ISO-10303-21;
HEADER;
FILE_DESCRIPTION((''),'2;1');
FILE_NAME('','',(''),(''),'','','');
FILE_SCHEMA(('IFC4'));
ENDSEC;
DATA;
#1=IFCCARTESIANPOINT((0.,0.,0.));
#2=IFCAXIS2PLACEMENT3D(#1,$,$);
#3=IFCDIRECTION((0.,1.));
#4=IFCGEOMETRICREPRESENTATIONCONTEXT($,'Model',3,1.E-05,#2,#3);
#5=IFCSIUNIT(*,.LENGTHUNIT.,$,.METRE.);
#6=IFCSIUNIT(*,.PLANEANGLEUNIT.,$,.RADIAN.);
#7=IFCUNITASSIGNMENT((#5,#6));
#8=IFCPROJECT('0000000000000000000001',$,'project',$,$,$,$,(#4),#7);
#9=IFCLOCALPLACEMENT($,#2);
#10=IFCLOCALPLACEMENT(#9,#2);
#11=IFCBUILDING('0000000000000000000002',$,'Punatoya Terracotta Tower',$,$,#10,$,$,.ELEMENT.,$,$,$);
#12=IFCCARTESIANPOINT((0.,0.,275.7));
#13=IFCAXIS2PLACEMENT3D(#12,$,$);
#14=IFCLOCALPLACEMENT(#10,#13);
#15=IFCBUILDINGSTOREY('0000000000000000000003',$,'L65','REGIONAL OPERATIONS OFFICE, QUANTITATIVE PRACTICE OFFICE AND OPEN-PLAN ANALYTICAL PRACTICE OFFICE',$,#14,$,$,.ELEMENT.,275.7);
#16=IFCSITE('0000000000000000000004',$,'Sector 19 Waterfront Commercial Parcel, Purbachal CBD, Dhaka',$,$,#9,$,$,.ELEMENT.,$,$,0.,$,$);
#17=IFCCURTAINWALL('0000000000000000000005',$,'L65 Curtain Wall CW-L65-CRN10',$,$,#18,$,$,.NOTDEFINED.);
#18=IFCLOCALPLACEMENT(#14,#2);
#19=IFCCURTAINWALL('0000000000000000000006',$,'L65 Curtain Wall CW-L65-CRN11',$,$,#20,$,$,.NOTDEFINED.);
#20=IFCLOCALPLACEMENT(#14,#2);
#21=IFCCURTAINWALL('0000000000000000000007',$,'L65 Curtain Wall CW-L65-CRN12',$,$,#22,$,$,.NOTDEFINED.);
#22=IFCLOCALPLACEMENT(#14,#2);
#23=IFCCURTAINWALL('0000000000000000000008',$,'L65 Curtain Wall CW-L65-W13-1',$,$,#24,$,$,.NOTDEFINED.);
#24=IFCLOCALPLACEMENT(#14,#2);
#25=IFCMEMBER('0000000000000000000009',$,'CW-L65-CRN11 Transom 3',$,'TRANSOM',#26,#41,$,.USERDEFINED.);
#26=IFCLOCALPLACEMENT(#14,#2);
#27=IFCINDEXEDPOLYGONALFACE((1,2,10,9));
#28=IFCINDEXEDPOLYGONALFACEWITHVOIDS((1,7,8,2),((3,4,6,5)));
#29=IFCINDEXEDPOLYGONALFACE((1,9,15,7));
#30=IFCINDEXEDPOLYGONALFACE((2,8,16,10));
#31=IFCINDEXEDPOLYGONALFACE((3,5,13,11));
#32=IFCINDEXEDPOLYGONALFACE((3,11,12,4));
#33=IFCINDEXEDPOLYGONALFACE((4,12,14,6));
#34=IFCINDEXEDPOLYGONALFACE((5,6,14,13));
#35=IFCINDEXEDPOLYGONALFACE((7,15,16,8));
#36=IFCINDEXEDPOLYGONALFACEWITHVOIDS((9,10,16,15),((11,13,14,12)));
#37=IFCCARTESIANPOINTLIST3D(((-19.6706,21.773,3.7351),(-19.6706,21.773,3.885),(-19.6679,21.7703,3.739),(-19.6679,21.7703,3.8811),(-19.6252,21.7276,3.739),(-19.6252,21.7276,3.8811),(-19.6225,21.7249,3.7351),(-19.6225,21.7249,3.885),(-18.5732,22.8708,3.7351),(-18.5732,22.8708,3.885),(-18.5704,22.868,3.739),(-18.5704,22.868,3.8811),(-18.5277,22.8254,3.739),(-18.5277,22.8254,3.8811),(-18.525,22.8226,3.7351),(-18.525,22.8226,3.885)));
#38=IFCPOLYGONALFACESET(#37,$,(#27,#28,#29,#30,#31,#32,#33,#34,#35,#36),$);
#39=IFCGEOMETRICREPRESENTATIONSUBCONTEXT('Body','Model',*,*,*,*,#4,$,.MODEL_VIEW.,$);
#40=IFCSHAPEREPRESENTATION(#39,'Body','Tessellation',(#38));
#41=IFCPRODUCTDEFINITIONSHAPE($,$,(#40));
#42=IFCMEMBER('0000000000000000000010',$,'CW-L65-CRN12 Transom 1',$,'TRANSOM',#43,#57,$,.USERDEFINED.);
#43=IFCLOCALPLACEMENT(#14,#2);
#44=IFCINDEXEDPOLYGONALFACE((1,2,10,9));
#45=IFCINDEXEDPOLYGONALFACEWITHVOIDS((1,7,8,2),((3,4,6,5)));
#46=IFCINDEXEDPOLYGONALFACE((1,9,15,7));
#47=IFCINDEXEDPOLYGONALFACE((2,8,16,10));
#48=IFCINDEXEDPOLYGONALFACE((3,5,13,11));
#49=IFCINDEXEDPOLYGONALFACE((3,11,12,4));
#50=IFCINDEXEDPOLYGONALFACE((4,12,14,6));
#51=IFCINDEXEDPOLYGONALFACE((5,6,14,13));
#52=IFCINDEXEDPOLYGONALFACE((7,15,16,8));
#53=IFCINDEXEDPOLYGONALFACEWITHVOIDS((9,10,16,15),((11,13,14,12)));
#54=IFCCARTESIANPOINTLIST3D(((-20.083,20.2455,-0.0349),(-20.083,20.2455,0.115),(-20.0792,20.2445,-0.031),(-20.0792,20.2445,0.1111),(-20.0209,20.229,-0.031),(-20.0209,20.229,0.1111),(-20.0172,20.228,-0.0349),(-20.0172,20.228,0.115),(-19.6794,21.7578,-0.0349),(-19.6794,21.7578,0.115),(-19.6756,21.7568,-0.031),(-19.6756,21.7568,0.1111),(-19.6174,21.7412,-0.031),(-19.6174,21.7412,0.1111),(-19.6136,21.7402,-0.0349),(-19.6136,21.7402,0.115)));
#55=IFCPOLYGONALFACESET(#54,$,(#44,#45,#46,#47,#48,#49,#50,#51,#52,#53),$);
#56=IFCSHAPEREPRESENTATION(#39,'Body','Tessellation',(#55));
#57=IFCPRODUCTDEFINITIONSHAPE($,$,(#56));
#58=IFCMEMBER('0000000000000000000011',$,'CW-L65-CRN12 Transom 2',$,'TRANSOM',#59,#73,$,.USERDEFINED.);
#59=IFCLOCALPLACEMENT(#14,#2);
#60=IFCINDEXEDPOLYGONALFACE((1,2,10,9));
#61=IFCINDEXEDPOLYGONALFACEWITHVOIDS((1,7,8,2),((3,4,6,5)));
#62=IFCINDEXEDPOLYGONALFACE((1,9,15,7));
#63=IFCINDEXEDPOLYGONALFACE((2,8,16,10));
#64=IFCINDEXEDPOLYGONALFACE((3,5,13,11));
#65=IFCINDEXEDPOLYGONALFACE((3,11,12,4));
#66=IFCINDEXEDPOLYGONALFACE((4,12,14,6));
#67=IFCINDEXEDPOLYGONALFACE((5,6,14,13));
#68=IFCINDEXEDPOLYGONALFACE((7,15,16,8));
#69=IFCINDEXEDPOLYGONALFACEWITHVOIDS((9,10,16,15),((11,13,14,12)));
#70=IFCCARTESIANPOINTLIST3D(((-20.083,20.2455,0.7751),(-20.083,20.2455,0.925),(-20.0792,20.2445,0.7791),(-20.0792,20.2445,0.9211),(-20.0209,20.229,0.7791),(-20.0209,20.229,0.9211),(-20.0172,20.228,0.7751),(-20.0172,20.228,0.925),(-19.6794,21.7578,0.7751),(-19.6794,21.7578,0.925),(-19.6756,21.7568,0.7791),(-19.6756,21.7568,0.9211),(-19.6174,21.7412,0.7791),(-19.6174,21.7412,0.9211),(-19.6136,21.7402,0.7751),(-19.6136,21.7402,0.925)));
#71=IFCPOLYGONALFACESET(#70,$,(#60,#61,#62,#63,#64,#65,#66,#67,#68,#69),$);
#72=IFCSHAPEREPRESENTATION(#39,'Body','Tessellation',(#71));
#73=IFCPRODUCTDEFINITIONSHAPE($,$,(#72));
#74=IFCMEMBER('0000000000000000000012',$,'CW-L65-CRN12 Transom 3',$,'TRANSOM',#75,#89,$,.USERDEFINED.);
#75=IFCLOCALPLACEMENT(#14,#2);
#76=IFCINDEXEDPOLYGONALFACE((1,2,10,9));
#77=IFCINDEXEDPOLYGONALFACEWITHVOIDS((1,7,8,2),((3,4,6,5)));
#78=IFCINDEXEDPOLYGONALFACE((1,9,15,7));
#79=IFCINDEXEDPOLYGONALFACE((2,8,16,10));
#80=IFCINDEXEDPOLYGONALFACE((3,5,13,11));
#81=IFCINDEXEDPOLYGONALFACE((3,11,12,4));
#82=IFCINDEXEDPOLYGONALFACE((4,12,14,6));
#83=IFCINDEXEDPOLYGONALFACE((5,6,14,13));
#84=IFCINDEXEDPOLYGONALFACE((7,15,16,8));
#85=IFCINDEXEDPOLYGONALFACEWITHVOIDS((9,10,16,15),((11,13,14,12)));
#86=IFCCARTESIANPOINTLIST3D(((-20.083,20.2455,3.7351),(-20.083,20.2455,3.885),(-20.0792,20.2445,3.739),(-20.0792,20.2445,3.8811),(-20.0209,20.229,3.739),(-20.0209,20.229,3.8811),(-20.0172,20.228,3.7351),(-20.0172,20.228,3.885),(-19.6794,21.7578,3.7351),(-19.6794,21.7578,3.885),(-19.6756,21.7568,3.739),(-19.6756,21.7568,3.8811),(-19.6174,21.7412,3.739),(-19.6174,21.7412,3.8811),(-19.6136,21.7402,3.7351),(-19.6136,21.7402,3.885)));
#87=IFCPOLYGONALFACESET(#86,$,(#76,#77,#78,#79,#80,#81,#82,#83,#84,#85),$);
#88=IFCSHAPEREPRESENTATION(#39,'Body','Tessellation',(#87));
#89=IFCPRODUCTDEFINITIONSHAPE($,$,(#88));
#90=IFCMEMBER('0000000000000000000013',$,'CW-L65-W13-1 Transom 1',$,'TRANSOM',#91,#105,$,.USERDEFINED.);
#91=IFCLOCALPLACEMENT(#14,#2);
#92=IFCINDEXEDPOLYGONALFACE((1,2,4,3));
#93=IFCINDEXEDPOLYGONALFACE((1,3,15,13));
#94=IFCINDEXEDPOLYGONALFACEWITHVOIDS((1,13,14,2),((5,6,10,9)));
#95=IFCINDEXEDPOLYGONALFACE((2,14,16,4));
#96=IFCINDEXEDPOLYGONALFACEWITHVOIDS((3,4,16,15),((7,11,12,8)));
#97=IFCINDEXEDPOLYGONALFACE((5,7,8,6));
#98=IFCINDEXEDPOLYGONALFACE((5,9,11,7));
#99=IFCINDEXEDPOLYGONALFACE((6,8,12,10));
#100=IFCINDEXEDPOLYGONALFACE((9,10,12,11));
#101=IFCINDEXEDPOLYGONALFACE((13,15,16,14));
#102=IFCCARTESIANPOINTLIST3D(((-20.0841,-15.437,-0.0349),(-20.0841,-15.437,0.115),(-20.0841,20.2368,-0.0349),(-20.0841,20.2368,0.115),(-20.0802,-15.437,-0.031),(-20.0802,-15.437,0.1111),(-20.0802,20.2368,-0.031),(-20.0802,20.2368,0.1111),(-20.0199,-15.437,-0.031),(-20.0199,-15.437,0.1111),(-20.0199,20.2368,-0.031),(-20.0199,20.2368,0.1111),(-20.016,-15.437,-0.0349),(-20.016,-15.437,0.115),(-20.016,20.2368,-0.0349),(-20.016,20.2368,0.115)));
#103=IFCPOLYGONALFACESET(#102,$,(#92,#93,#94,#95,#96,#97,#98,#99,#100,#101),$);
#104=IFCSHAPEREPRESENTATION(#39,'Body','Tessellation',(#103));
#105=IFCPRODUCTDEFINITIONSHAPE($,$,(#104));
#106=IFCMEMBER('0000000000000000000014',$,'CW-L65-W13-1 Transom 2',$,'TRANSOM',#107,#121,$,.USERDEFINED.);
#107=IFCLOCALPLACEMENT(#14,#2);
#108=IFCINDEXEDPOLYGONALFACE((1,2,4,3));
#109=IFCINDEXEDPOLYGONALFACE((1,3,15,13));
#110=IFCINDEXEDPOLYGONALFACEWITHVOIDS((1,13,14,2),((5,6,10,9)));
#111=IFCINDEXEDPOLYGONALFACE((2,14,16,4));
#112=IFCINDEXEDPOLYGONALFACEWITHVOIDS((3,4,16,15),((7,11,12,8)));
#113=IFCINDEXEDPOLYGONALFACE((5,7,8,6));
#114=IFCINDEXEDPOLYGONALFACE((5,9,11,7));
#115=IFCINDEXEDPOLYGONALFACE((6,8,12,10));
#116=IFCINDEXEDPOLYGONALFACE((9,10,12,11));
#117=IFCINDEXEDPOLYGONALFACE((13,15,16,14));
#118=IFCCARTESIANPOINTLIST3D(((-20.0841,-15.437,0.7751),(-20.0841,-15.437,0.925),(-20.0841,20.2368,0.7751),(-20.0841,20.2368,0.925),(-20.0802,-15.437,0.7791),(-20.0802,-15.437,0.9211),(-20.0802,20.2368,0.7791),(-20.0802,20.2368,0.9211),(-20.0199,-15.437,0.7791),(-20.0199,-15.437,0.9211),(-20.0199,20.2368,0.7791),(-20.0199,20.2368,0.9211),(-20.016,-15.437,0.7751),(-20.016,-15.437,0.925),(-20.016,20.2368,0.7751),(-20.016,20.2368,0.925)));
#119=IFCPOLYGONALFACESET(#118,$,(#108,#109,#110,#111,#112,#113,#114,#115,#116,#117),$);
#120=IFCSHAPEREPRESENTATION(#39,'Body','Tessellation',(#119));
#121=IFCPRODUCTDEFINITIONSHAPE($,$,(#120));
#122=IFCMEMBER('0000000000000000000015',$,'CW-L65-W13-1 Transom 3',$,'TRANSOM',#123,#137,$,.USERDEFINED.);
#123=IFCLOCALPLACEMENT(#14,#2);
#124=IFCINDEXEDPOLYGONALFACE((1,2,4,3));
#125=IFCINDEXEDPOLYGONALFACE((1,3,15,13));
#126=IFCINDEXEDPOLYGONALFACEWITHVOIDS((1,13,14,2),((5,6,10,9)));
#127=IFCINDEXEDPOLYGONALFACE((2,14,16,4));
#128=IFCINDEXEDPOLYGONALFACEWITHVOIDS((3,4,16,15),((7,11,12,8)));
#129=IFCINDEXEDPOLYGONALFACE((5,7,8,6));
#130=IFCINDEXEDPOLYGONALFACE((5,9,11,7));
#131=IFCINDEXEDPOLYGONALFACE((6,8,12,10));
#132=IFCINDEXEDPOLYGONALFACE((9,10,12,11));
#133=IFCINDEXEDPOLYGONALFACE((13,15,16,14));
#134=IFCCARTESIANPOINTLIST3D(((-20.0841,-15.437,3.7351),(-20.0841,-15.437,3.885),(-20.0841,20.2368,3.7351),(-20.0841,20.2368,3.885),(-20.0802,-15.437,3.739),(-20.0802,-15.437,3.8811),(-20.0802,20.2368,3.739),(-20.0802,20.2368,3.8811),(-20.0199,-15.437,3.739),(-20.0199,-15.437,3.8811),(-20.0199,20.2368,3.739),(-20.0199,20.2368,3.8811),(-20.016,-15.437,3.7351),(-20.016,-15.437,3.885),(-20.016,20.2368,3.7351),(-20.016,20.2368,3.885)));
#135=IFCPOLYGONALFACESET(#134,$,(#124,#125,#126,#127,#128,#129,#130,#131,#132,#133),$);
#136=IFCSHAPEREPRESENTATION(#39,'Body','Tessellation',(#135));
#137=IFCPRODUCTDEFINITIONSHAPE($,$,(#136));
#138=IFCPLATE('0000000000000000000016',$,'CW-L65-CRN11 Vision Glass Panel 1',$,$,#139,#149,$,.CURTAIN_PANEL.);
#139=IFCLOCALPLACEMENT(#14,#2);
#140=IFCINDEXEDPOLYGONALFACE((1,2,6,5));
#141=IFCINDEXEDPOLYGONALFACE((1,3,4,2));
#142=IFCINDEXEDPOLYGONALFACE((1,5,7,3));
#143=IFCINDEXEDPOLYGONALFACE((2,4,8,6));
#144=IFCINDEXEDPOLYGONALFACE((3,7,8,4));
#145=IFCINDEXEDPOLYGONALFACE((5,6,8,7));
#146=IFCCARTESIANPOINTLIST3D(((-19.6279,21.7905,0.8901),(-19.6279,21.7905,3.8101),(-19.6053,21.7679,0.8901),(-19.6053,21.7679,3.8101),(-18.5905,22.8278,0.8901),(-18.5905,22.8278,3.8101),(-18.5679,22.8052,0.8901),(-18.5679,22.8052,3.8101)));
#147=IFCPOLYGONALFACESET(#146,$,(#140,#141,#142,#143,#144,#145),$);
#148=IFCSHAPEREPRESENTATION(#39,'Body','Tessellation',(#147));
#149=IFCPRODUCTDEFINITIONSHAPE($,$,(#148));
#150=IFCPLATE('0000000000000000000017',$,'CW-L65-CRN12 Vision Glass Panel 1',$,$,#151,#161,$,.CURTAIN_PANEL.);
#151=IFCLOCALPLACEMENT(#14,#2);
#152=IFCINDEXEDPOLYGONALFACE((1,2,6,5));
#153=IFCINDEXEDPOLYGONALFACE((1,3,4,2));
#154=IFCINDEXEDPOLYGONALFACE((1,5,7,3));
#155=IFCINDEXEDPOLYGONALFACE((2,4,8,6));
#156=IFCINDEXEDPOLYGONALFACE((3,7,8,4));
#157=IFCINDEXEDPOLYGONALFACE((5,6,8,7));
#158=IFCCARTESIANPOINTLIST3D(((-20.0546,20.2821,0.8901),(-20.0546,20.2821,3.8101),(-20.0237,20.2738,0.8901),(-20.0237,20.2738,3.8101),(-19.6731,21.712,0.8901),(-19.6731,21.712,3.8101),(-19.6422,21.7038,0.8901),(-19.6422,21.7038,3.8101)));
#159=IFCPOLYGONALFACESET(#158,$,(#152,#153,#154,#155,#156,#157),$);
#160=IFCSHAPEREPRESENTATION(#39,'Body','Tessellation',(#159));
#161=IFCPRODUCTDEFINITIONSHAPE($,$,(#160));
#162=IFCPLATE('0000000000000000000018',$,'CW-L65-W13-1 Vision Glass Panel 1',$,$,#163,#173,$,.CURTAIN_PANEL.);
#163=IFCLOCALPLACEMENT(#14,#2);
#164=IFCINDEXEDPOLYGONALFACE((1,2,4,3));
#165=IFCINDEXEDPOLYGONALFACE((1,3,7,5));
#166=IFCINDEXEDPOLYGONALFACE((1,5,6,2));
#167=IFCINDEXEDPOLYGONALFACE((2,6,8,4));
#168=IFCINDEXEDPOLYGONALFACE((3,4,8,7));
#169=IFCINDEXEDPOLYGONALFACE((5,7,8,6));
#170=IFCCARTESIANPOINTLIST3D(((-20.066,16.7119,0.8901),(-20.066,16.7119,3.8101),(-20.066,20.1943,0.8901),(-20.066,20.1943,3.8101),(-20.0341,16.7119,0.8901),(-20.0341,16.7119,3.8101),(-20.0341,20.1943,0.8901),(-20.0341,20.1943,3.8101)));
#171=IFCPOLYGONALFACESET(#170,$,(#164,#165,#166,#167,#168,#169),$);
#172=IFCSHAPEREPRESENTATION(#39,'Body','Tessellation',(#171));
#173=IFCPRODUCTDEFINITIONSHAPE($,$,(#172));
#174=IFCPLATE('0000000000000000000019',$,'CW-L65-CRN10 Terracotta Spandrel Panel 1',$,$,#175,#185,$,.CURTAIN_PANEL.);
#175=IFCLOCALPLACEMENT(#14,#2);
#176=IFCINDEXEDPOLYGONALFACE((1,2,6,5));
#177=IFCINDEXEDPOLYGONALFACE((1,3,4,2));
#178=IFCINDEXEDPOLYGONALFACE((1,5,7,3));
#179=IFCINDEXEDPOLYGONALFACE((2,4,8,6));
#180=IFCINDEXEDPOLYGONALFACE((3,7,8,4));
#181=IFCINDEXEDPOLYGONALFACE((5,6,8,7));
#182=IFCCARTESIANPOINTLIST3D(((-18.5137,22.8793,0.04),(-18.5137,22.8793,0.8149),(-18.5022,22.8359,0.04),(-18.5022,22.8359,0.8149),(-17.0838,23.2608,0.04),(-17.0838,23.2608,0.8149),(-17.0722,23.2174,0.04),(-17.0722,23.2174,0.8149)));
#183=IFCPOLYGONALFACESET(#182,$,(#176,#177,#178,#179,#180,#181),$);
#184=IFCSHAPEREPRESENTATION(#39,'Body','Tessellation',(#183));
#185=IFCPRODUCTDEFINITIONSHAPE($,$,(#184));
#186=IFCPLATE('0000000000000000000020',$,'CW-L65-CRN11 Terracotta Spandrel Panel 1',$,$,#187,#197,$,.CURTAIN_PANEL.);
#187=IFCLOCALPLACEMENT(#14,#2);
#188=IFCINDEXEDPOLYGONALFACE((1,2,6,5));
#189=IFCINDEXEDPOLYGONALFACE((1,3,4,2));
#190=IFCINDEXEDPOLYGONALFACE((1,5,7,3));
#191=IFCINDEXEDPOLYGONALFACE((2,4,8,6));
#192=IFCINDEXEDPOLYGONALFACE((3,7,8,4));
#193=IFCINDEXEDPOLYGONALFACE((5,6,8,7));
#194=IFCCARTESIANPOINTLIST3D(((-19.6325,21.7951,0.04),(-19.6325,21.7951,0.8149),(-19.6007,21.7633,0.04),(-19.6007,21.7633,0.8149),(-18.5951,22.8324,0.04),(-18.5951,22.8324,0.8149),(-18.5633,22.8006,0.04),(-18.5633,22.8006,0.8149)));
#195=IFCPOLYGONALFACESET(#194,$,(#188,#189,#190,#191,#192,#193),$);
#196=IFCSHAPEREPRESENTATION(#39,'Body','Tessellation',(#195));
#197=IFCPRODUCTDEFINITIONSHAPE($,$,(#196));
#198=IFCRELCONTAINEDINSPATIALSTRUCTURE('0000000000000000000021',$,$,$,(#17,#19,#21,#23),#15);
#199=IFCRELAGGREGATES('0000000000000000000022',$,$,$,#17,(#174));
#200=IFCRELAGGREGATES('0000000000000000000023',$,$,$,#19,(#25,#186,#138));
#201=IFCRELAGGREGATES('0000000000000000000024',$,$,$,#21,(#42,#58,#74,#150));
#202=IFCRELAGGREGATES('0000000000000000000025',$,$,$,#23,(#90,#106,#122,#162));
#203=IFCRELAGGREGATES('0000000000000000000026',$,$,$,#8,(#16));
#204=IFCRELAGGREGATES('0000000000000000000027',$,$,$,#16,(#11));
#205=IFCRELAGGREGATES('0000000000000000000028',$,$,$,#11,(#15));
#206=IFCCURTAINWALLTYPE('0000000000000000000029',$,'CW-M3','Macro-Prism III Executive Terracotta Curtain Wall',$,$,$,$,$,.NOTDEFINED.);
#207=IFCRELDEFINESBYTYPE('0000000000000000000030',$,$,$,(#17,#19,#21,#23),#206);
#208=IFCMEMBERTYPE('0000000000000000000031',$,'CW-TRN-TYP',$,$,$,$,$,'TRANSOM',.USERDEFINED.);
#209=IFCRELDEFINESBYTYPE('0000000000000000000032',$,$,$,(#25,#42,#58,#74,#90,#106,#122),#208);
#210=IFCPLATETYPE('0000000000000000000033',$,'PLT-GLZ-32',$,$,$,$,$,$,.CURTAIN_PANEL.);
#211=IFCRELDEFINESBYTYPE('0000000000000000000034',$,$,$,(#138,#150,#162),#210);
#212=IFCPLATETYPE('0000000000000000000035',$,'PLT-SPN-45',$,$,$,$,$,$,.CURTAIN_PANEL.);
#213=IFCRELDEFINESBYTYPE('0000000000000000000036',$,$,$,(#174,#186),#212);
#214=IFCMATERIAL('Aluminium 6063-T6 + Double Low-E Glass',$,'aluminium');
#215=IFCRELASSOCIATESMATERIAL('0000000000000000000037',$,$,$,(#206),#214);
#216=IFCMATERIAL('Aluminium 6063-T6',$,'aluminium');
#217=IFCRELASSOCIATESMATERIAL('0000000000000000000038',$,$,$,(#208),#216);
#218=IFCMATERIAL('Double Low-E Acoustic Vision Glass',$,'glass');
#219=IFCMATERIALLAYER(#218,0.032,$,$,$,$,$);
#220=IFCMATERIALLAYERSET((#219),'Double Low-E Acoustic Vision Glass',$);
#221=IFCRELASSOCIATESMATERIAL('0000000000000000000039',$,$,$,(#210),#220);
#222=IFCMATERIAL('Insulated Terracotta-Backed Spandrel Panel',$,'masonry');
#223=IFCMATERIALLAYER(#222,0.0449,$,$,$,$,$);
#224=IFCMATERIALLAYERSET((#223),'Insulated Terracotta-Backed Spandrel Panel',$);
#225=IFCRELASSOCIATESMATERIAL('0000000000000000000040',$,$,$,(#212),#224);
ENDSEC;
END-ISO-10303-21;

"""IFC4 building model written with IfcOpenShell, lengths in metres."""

from ifc_helpers import new_model, si_unit, direction, frame, origin, origin_2d, place, context, subcontext, project, spatial, rectangle, hollow_rectangle, extrude, material, layer, layer_set, material_profile, profile_set, type_object, element, aggregate, save


model = new_model("IFC4")

# Units and contexts
model_context = context("Model", 3, precision=1e-05, world=origin(), true_north=direction((0.0, 1.0)))
body_context = subcontext(model_context, "Body", "Model", "MODEL_VIEW")
ifc_project = project(units=[si_unit("LENGTHUNIT", "METRE"), si_unit("PLANEANGLEUNIT", "RADIAN")], contexts=[model_context])

# Site, building, storey
site_placement = place(None, origin())
site = spatial("IfcSite", under=ifc_project, at=site_placement, Name="Sector 19 Waterfront Commercial Parcel, Purbachal CBD, Dhaka", CompositionType="ELEMENT", RefElevation=0.0)
building_placement = place(site_placement, origin())
building = spatial("IfcBuilding", under=site, at=building_placement, Name="Punatoya Terracotta Tower", CompositionType="ELEMENT")
storey_placement = place(building_placement, frame((0.0, 0.0, 275.7)))
storey = spatial("IfcBuildingStorey", under=building, at=storey_placement, Name="L65", Description="REGIONAL OPERATIONS OFFICE, QUANTITATIVE PRACTICE OFFICE AND OPEN-PLAN ANALYTICAL PRACTICE OFFICE", CompositionType="ELEMENT", Elevation=275.7)

# Curtain wall
ifc_material_1 = material(Name="Aluminium 6063-T6 + Double Low-E Glass", Category="aluminium")
curtain_wall_type = type_object("IfcCurtainWallType", Name="CW-M3", Description="Macro-Prism III Executive Terracotta Curtain Wall", PredefinedType="NOTDEFINED", material=ifc_material_1)
curtain_wall_1_placement = place(storey_placement, origin())
curtain_wall_1 = element("IfcCurtainWall", 1, at=curtain_wall_1_placement, inside=storey, type_object=curtain_wall_type, Name="L65 Curtain Wall CW-L65-CRN10", PredefinedType="NOTDEFINED")
ifc_material_2 = material(Name="Aluminium 6063-T6", Category="aluminium")

# Curtain walls
curtain_wall_2_placement = place(storey_placement, origin())
curtain_wall_2 = element("IfcCurtainWall", 2, at=curtain_wall_2_placement, inside=storey, type_object=curtain_wall_type, Name="L65 Curtain Wall CW-L65-CRN11", PredefinedType="NOTDEFINED")
curtain_wall_3_placement = place(storey_placement, origin())
curtain_wall_3 = element("IfcCurtainWall", 3, at=curtain_wall_3_placement, inside=storey, type_object=curtain_wall_type, Name="L65 Curtain Wall CW-L65-CRN12", PredefinedType="NOTDEFINED")

# Curtain wall
curtain_wall_4_placement = place(storey_placement, origin())
curtain_wall_4 = element("IfcCurtainWall", 4, at=curtain_wall_4_placement, inside=storey, type_object=curtain_wall_type, Name="L65 Curtain Wall CW-L65-W13-1", PredefinedType="NOTDEFINED")

# Members
ifc_material_profile_1 = material_profile(ifc_material_2, hollow_rectangle(XDim=0.0681, YDim=0.1499, WallThickness=0.0039, at=origin_2d()))
ifc_profile_set_1 = profile_set([ifc_material_profile_1], Name="Aluminium 6063-T6")
member_type_1 = type_object("IfcMemberType", Name="CW-TRN-TYP", ElementType="TRANSOM", PredefinedType="USERDEFINED", material=ifc_profile_set_1)
member_1_placement = place(storey_placement, frame((-18.5491, 22.8467, 3.8101), z_axis=(-0.707028, -0.707185, 0.0), x_axis=(0.707185, -0.707028, 0.0)))
member_1 = element("IfcMember", 5, at=member_1_placement, type_object=member_type_1, Name="CW-L65-CRN11 Transom 3", ObjectType="TRANSOM", PredefinedType="USERDEFINED", context=body_context, shape_type="SweptSolid", body=[
    extrude(hollow_rectangle(XDim=0.0681, YDim=0.1499, WallThickness=0.0039, at=origin_2d()), origin(), (0.0, 0.0, 1.0), 1.5522),
])
member_2_placement = place(storey_placement, frame((-19.6465, 21.749, 0.04), z_axis=(-0.257847, -0.966186, 0.0), x_axis=(0.966186, -0.257847, 0.0)))
member_2 = element("IfcMember", 6, at=member_2_placement, type_object=member_type_1, Name="CW-L65-CRN12 Transom 1", ObjectType="TRANSOM", PredefinedType="USERDEFINED", context=body_context, shape_type="SweptSolid", body=[
    extrude(hollow_rectangle(XDim=0.0681, YDim=0.1499, WallThickness=0.0039, at=origin_2d()), origin(), (0.0, 0.0, 1.0), 1.5652),
])
member_3_placement = place(storey_placement, frame((-19.6465, 21.749, 0.8501), z_axis=(-0.257847, -0.966186, 0.0), x_axis=(0.966186, -0.257847, 0.0)))
member_3 = element("IfcMember", 7, at=member_3_placement, type_object=member_type_1, Name="CW-L65-CRN12 Transom 2", ObjectType="TRANSOM", PredefinedType="USERDEFINED", context=body_context, shape_type="SweptSolid", body=[
    extrude(hollow_rectangle(XDim=0.0681, YDim=0.1499, WallThickness=0.0039, at=origin_2d()), origin(), (0.0, 0.0, 1.0), 1.5652),
])
member_4_placement = place(storey_placement, frame((-19.6465, 21.749, 3.8101), z_axis=(-0.257847, -0.966186, 0.0), x_axis=(0.966186, -0.257847, 0.0)))
member_4 = element("IfcMember", 8, at=member_4_placement, type_object=member_type_1, Name="CW-L65-CRN12 Transom 3", ObjectType="TRANSOM", PredefinedType="USERDEFINED", context=body_context, shape_type="SweptSolid", body=[
    extrude(hollow_rectangle(XDim=0.0681, YDim=0.1499, WallThickness=0.0039, at=origin_2d()), origin(), (0.0, 0.0, 1.0), 1.5652),
])
member_5_placement = place(storey_placement, frame((-20.05, 20.2368, 0.04), z_axis=(0.0, -1.0, 0.0), x_axis=(1.0, 0.0, 0.0)))
member_5 = element("IfcMember", 9, at=member_5_placement, type_object=member_type_1, Name="CW-L65-W13-1 Transom 1", ObjectType="TRANSOM", PredefinedType="USERDEFINED", context=body_context, shape_type="SweptSolid", body=[
    extrude(hollow_rectangle(XDim=0.0681, YDim=0.1499, WallThickness=0.0039, at=origin_2d()), origin(), (0.0, 0.0, 1.0), 35.6738),
])
member_6_placement = place(storey_placement, frame((-20.05, 20.2368, 0.8501), z_axis=(0.0, -1.0, 0.0), x_axis=(1.0, 0.0, 0.0)))
member_6 = element("IfcMember", 10, at=member_6_placement, type_object=member_type_1, Name="CW-L65-W13-1 Transom 2", ObjectType="TRANSOM", PredefinedType="USERDEFINED", context=body_context, shape_type="SweptSolid", body=[
    extrude(hollow_rectangle(XDim=0.0681, YDim=0.1499, WallThickness=0.0039, at=origin_2d()), origin(), (0.0, 0.0, 1.0), 35.6738),
])
member_7_placement = place(storey_placement, frame((-20.05, 20.2368, 3.8101), z_axis=(0.0, -1.0, 0.0), x_axis=(1.0, 0.0, 0.0)))
member_7 = element("IfcMember", 11, at=member_7_placement, type_object=member_type_1, Name="CW-L65-W13-1 Transom 3", ObjectType="TRANSOM", PredefinedType="USERDEFINED", context=body_context, shape_type="SweptSolid", body=[
    extrude(hollow_rectangle(XDim=0.0681, YDim=0.1499, WallThickness=0.0039, at=origin_2d()), origin(), (0.0, 0.0, 1.0), 35.6738),
])

# Plates
ifc_material_3 = material(Name="Double Low-E Acoustic Vision Glass", Category="glass")
ifc_layer_1 = layer(ifc_material_3, 0.032)
ifc_layer_set_1 = layer_set([ifc_layer_1], Name="Double Low-E Acoustic Vision Glass")
plate_type_1 = type_object("IfcPlateType", Name="PLT-GLZ-32", PredefinedType="CURTAIN_PANEL", material=ifc_layer_set_1)
plate_1_placement = place(storey_placement, frame((-19.0979, 22.2979, 0.8901), z_axis=(0.0, 0.0, 1.0), x_axis=(-0.707107, -0.707107, 0.0)))
plate_1 = element("IfcPlate", 12, at=plate_1_placement, type_object=plate_type_1, Name="CW-L65-CRN11 Vision Glass Panel 1", PredefinedType="CURTAIN_PANEL", context=body_context, shape_type="SweptSolid", body=[
    extrude(rectangle(XDim=1.467, YDim=0.032, at=origin_2d()), origin(), (0.0, 0.0, 1.0), 2.9199),
])
plate_2_placement = place(storey_placement, frame((-19.8484, 20.9929, 0.8901), z_axis=(0.0, 0.0, 1.0), x_axis=(-0.257742, -0.966214, 0.0)))
plate_2 = element("IfcPlate", 13, at=plate_2_placement, type_object=plate_type_1, Name="CW-L65-CRN12 Vision Glass Panel 1", PredefinedType="CURTAIN_PANEL", context=body_context, shape_type="SweptSolid", body=[
    extrude(rectangle(XDim=1.48, YDim=0.032, at=origin_2d()), origin(), (0.0, 0.0, 1.0), 2.9199),
])
plate_3_placement = place(storey_placement, frame((-20.05, 18.4531, 0.8901), z_axis=(0.0, 0.0, 1.0), x_axis=(0.0, -1.0, 0.0)))
plate_3 = element("IfcPlate", 14, at=plate_3_placement, type_object=plate_type_1, Name="CW-L65-W13-1 Vision Glass Panel 1", PredefinedType="CURTAIN_PANEL", context=body_context, shape_type="SweptSolid", body=[
    extrude(rectangle(XDim=3.4824, YDim=0.032, at=origin_2d()), origin(), (0.0, 0.0, 1.0), 2.9199),
])
ifc_material_4 = material(Name="Insulated Terracotta-Backed Spandrel Panel", Category="masonry")
ifc_layer_2 = layer(ifc_material_4, 0.0449)
ifc_layer_set_2 = layer_set([ifc_layer_2], Name="Insulated Terracotta-Backed Spandrel Panel")
plate_type_2 = type_object("IfcPlateType", Name="PLT-SPN-45", PredefinedType="CURTAIN_PANEL", material=ifc_layer_set_2)
plate_4_placement = place(storey_placement, frame((-17.793, 23.0483, 0.04), z_axis=(0.0, 0.0, 1.0), x_axis=(-0.966214, -0.257742, 0.0)))
plate_4 = element("IfcPlate", 15, at=plate_4_placement, type_object=plate_type_2, Name="CW-L65-CRN10 Terracotta Spandrel Panel 1", PredefinedType="CURTAIN_PANEL", context=body_context, shape_type="SweptSolid", body=[
    extrude(rectangle(XDim=1.48, YDim=0.0449, at=origin_2d()), origin(), (0.0, 0.0, 1.0), 0.7749),
])
aggregate(curtain_wall_1, [plate_4])
plate_5_placement = place(storey_placement, frame((-19.0979, 22.2979, 0.04), z_axis=(0.0, 0.0, 1.0), x_axis=(-0.707107, -0.707107, 0.0)))
plate_5 = element("IfcPlate", 16, at=plate_5_placement, type_object=plate_type_2, Name="CW-L65-CRN11 Terracotta Spandrel Panel 1", PredefinedType="CURTAIN_PANEL", context=body_context, shape_type="SweptSolid", body=[
    extrude(rectangle(XDim=1.467, YDim=0.0449, at=origin_2d()), origin(), (0.0, 0.0, 1.0), 0.7749),
])
aggregate(curtain_wall_2, [member_1, plate_5, plate_1])
aggregate(curtain_wall_3, [member_2, member_3, member_4, plate_2])
aggregate(curtain_wall_4, [member_5, member_6, member_7, plate_3])

save(model, "model.ifc")
